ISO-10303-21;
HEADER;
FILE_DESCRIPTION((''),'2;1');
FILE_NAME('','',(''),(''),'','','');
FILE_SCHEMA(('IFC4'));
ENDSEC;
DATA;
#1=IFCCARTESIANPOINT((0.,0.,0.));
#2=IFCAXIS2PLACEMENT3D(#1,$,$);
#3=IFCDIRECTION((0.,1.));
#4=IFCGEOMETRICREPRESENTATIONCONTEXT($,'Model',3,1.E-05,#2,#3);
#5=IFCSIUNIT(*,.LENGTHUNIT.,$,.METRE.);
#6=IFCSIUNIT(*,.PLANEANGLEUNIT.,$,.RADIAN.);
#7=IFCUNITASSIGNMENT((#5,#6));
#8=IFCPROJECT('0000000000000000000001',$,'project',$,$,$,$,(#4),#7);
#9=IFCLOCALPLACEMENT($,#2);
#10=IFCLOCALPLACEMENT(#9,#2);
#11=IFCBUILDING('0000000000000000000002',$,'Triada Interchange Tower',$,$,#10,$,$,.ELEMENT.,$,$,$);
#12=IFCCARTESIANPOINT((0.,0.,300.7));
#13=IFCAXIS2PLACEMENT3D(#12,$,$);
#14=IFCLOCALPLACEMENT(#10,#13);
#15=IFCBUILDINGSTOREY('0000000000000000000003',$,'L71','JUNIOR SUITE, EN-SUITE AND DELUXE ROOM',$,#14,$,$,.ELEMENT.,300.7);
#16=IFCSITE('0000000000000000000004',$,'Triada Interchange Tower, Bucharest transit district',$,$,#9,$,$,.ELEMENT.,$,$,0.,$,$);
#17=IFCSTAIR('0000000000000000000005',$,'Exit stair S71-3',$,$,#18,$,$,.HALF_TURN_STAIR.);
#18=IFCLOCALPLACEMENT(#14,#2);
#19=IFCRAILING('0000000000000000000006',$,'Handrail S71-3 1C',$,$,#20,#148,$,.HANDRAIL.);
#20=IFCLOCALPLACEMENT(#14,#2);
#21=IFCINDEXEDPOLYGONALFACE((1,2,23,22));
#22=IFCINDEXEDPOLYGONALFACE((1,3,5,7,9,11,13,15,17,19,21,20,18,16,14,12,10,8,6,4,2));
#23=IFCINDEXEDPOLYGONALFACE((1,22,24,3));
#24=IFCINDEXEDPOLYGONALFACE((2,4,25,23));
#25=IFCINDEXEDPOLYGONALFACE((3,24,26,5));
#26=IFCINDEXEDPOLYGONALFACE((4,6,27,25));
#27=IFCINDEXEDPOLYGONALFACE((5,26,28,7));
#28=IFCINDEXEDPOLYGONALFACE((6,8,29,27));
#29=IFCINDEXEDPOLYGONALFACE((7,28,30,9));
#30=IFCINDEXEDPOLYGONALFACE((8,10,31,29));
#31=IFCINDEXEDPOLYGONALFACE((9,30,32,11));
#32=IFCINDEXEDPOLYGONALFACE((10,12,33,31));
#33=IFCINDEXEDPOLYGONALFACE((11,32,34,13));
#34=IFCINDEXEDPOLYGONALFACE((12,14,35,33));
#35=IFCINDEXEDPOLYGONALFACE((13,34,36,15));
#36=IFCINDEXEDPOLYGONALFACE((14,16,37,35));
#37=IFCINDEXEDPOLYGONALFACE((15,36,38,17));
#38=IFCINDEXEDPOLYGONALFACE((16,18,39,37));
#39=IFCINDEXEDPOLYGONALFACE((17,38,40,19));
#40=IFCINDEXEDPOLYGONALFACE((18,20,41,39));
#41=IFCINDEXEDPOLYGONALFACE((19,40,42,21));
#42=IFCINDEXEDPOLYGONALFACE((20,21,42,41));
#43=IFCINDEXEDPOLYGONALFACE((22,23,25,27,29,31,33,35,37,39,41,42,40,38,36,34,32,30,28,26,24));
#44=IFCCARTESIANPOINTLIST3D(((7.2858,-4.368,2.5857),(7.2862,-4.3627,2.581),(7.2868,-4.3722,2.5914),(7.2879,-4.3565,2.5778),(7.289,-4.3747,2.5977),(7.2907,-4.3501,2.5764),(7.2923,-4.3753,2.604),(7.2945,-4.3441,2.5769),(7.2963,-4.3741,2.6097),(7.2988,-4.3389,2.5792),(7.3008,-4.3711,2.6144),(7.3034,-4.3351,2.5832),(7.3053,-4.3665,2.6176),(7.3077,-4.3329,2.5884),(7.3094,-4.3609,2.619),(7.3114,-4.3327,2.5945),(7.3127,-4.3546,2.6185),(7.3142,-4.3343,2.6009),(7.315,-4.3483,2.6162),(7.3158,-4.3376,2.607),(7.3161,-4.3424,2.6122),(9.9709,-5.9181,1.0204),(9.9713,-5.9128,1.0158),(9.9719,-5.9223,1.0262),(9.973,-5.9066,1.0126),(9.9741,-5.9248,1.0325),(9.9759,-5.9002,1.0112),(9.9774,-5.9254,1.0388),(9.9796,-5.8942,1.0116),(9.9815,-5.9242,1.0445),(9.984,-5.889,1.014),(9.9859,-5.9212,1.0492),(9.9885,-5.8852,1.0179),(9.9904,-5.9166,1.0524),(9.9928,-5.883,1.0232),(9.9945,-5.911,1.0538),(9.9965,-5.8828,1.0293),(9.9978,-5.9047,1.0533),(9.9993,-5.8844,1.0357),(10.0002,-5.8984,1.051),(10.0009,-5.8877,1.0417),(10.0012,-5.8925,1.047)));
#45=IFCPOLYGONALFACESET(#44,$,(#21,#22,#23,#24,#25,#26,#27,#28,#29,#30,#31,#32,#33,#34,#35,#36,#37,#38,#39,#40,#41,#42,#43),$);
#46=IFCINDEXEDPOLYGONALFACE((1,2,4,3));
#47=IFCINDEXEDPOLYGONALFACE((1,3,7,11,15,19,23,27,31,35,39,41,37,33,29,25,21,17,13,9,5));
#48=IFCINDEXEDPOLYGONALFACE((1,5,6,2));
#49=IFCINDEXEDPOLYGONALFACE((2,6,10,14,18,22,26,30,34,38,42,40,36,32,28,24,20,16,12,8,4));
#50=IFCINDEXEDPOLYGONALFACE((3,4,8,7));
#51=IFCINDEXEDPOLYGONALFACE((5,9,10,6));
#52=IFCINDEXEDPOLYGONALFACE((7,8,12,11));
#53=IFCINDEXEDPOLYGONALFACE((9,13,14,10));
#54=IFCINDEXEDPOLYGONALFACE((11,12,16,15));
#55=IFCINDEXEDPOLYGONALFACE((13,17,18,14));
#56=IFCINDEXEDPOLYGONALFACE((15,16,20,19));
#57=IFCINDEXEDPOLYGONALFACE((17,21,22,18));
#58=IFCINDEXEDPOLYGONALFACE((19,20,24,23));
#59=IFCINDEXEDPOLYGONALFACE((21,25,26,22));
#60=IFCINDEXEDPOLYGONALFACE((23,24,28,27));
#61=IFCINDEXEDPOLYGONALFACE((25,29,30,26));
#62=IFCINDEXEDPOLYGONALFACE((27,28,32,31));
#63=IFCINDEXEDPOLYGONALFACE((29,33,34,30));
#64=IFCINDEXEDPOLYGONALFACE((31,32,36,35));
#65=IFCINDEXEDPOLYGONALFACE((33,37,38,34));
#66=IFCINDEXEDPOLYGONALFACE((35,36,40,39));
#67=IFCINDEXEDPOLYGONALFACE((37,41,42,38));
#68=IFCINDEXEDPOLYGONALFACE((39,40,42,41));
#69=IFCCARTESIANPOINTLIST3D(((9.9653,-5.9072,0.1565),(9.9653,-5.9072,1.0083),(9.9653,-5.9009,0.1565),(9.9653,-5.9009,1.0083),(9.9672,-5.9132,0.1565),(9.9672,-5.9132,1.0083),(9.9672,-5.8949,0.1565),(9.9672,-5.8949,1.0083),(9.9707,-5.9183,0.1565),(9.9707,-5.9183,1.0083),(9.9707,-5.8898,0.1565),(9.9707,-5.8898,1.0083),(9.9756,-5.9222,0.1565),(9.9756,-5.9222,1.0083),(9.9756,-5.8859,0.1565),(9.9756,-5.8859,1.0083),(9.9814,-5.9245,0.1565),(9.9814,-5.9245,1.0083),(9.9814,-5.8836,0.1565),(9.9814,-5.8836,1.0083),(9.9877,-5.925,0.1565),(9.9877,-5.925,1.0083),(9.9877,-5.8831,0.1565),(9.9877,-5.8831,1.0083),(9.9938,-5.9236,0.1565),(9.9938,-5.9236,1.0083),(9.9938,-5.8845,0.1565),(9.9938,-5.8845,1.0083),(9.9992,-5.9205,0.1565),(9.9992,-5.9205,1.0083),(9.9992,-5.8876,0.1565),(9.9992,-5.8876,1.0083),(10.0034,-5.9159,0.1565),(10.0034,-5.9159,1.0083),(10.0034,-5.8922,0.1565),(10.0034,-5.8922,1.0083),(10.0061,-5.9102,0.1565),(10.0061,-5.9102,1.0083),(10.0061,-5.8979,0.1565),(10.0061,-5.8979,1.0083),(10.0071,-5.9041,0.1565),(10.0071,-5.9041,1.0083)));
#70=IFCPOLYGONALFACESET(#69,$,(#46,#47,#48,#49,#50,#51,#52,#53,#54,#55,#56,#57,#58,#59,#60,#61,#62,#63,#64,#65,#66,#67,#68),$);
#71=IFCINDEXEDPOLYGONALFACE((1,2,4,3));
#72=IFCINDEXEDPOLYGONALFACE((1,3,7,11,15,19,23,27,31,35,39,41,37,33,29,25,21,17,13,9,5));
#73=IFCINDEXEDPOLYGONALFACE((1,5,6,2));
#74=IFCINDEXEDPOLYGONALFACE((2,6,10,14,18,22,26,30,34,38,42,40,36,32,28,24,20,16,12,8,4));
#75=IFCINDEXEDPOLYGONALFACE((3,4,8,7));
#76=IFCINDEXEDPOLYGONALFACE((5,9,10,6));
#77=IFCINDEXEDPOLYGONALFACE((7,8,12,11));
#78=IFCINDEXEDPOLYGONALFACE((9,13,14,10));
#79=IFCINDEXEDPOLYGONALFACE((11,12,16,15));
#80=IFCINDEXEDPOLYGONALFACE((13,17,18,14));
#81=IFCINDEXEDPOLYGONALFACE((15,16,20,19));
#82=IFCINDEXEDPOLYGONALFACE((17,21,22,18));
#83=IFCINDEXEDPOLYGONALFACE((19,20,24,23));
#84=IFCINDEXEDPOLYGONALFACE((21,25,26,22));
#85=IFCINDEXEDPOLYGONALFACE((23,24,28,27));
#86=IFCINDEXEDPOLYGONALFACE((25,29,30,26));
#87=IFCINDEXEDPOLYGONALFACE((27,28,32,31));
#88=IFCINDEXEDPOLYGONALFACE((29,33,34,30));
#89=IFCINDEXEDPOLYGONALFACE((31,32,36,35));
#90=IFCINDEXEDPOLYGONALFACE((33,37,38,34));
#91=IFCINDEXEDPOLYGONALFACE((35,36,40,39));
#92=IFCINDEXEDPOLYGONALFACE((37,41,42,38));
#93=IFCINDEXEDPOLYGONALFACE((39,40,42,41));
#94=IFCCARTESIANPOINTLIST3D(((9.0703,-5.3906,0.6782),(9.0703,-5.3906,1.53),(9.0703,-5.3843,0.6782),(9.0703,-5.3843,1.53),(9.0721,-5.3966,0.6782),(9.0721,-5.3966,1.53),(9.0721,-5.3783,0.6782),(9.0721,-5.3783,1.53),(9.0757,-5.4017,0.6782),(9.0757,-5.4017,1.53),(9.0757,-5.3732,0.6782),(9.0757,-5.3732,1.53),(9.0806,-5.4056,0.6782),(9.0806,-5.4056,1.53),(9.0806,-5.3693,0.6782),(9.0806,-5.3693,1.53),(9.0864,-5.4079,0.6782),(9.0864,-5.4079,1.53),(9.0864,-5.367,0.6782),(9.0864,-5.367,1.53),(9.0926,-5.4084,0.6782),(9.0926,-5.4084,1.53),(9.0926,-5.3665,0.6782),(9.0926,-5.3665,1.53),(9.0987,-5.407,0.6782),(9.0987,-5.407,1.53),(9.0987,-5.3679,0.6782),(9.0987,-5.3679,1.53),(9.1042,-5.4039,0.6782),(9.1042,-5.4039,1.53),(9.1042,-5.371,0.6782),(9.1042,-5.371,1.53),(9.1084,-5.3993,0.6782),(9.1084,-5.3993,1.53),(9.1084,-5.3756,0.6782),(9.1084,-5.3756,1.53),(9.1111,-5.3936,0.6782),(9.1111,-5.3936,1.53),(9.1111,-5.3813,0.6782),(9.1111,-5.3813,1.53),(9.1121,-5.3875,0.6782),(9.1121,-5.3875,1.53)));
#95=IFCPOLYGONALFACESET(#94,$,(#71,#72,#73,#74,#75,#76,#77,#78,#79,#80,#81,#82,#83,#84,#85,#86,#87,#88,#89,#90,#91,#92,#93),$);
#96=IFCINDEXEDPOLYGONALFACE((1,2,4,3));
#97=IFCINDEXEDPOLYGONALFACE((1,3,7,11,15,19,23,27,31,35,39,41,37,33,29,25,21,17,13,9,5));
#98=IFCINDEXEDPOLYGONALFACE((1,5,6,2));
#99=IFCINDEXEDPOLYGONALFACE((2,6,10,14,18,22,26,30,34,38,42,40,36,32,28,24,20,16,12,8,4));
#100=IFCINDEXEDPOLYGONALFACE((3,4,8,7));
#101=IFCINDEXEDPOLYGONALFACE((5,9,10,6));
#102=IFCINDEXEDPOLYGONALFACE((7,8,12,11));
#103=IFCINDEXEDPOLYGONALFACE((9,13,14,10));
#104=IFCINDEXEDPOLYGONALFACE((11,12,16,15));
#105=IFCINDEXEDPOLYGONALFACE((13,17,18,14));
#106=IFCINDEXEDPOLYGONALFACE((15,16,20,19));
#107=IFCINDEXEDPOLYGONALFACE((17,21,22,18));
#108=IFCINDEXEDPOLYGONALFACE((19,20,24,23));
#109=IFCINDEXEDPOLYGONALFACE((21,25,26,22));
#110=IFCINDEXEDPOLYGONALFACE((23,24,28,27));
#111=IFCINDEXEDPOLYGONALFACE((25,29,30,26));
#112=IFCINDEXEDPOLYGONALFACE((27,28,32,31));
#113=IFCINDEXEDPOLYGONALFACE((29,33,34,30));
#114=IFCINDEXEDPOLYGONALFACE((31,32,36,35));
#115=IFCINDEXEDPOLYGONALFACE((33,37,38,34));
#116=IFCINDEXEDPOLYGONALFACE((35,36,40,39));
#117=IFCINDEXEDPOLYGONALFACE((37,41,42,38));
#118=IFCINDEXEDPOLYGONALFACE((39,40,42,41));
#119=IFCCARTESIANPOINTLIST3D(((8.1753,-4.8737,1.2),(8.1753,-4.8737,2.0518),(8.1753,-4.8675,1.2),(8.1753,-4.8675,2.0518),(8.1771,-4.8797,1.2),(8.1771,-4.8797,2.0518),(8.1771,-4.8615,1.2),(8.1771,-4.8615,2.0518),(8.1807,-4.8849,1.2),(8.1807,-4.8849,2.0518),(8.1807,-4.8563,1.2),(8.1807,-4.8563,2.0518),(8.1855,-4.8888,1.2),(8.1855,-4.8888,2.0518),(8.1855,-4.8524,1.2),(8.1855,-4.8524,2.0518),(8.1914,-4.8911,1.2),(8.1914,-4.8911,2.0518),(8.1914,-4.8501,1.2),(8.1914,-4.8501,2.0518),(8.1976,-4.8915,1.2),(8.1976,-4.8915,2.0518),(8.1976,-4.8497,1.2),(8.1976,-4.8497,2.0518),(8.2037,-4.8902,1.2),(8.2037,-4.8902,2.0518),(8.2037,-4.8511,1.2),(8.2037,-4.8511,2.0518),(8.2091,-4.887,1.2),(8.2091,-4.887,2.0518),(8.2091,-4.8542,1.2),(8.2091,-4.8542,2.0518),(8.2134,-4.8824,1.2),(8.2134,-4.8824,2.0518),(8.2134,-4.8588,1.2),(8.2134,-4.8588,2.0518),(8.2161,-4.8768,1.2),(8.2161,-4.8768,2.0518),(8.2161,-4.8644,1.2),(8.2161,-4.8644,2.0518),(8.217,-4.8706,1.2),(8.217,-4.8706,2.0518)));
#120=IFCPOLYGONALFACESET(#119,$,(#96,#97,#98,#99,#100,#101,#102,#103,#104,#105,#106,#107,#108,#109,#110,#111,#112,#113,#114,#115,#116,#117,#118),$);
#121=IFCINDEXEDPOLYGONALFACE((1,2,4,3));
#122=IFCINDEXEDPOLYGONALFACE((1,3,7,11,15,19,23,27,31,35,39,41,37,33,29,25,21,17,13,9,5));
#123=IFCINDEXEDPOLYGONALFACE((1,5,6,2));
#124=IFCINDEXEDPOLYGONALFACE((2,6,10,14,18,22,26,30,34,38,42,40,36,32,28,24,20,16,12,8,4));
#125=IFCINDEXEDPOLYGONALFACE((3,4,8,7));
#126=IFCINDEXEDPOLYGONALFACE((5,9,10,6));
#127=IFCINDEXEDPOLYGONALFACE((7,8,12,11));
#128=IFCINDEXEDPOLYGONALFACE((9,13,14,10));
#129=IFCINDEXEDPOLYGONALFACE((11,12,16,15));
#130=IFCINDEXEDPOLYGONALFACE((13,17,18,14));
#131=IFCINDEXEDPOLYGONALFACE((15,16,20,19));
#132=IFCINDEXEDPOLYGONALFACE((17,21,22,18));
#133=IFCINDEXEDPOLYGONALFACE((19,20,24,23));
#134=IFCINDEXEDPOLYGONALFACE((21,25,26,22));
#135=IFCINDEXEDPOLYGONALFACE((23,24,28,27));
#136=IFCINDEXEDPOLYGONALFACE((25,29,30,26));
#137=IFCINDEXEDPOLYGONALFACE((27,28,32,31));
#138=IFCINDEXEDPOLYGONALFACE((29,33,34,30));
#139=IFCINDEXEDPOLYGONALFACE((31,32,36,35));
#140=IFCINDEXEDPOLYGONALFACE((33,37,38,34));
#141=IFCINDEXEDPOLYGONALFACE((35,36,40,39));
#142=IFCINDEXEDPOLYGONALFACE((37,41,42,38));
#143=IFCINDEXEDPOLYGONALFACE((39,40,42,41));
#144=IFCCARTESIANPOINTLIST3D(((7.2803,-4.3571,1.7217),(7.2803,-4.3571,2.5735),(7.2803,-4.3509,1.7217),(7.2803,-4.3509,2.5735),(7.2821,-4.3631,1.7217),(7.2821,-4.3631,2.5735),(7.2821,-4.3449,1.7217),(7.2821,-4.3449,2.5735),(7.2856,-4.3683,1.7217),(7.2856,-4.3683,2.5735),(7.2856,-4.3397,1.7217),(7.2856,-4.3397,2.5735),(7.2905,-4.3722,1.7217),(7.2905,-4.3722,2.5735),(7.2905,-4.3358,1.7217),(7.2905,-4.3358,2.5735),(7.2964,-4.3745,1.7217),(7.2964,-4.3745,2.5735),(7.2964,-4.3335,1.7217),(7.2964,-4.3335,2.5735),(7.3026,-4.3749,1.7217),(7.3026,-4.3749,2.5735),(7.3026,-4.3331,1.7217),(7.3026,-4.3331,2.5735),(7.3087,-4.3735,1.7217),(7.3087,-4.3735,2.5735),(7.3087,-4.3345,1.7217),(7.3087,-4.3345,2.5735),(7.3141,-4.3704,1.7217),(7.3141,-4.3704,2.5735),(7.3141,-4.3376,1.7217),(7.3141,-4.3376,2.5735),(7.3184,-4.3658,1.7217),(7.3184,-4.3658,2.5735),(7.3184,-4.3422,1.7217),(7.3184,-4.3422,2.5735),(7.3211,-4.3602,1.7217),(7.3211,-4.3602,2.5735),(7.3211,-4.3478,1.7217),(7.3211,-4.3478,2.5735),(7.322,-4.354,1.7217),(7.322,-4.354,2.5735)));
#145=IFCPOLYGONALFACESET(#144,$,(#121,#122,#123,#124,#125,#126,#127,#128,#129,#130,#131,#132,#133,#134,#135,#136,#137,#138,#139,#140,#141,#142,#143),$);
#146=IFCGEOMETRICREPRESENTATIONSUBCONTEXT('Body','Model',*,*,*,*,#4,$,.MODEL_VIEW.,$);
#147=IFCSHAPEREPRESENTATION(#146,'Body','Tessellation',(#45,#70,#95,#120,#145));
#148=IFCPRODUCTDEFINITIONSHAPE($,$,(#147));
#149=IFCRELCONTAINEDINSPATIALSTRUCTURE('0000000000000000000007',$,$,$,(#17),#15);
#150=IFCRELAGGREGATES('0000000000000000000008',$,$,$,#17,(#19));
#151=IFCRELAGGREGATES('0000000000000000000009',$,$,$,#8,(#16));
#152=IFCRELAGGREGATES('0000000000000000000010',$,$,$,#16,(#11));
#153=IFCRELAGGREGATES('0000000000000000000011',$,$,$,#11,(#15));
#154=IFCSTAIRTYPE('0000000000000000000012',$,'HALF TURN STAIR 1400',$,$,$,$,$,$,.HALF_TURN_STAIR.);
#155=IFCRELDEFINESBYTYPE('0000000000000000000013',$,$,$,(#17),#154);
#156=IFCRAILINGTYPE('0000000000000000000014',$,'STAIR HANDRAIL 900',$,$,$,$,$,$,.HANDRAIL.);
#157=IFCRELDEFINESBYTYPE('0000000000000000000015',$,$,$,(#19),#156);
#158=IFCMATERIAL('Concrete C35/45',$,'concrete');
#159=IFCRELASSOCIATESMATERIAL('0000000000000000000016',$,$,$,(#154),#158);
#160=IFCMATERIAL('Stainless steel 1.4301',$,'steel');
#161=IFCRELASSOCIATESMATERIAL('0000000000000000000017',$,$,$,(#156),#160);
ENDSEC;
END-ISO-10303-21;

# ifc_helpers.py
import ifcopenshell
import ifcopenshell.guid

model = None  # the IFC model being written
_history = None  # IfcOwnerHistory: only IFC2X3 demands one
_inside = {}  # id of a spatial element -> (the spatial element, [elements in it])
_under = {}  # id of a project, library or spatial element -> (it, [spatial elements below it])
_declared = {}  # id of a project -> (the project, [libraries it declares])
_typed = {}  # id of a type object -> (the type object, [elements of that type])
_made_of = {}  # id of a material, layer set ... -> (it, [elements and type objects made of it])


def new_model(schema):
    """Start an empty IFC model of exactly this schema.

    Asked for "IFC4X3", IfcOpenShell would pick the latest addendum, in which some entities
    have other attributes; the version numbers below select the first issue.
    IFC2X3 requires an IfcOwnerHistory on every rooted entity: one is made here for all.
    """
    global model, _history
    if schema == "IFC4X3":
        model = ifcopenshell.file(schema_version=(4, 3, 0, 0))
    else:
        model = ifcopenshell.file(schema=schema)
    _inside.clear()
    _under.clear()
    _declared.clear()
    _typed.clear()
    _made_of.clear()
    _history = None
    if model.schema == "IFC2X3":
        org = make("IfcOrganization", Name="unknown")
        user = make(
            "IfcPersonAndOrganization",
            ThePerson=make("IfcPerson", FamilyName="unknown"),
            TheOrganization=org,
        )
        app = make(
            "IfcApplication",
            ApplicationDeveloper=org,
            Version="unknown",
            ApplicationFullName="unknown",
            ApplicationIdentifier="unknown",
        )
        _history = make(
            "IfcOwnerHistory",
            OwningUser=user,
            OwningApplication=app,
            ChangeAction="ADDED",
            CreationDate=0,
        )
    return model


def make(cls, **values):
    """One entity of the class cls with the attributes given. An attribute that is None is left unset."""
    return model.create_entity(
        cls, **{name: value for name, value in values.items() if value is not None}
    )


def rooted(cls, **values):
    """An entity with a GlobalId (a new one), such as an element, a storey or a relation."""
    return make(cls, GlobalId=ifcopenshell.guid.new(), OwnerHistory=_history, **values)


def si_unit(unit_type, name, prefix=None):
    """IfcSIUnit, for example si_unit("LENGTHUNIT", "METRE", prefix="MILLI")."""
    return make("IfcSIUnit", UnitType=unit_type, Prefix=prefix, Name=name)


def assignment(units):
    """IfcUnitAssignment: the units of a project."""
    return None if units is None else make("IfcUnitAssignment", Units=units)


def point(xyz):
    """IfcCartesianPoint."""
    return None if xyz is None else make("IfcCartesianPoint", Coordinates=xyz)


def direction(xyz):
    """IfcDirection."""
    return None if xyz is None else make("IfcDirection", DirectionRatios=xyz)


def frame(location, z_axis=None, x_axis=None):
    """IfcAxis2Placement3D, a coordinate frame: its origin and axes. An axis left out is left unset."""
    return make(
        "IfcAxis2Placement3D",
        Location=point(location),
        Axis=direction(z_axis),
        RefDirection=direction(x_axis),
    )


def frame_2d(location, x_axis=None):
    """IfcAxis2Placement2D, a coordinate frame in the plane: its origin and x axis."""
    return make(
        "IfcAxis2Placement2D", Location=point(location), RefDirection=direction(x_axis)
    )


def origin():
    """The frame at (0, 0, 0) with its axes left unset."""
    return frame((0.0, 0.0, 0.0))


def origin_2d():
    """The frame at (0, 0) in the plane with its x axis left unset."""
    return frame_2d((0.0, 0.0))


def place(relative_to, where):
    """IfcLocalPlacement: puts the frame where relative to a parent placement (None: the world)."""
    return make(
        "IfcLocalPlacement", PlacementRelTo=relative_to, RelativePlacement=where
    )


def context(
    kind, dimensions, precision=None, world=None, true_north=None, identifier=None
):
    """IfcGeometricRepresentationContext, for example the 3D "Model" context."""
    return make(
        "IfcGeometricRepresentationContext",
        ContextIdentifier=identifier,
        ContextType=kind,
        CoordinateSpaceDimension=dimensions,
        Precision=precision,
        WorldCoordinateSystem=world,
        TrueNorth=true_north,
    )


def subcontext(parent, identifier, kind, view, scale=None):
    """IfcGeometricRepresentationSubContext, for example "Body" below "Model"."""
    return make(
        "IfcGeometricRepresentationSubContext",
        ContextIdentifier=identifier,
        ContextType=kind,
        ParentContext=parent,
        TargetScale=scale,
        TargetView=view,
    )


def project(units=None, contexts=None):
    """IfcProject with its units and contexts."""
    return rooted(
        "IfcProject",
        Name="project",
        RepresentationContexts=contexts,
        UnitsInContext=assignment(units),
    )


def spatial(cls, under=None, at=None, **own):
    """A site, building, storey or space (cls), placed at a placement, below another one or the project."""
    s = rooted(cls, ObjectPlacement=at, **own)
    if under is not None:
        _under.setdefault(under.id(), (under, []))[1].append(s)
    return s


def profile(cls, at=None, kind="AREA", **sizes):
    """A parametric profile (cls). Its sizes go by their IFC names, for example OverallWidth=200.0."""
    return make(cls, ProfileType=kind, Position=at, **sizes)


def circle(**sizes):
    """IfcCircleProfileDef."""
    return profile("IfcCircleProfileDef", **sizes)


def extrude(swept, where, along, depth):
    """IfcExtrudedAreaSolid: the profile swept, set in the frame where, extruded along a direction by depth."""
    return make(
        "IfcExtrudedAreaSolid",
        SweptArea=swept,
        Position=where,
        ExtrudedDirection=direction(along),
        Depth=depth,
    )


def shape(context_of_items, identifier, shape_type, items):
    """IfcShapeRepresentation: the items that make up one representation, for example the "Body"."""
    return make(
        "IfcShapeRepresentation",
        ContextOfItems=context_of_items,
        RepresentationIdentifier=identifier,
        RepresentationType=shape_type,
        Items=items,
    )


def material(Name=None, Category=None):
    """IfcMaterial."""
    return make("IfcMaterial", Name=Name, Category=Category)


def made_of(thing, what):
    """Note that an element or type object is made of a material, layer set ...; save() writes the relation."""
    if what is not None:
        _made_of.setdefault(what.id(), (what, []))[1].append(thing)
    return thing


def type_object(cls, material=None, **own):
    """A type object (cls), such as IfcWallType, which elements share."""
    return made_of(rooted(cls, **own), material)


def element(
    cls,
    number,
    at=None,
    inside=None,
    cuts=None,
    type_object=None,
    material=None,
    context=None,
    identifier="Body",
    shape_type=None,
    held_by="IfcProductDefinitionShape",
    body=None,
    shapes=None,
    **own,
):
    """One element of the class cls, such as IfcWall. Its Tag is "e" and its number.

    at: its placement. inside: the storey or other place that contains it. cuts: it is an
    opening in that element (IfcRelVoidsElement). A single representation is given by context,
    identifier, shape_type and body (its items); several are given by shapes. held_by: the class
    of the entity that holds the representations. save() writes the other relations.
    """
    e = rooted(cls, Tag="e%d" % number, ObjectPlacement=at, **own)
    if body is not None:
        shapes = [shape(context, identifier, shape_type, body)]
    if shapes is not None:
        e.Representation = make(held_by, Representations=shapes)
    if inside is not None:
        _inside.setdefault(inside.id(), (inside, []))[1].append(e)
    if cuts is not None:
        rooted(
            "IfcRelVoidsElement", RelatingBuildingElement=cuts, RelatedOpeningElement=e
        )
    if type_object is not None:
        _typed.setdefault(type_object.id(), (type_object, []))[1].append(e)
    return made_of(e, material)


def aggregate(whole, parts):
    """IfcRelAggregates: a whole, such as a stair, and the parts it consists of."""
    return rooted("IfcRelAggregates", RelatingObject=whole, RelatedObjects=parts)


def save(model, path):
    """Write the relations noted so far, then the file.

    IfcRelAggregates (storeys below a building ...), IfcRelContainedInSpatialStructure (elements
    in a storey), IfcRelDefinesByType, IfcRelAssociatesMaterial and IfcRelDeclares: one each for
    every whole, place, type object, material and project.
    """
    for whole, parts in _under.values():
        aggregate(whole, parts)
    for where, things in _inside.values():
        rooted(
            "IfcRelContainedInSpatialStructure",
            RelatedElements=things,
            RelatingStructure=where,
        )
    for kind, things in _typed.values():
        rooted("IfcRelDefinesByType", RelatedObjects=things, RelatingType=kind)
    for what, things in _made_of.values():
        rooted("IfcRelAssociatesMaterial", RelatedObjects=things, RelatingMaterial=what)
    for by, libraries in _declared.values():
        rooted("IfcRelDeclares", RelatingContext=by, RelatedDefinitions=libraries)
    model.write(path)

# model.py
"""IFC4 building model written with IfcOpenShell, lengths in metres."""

from ifc_helpers import new_model, si_unit, direction, frame, origin, origin_2d, place, context, subcontext, project, spatial, circle, extrude, material, type_object, element, aggregate, save


model = new_model("IFC4")

# Units and contexts
model_context = context("Model", 3, precision=1e-05, world=origin(), true_north=direction((0.0, 1.0)))
body_context = subcontext(model_context, "Body", "Model", "MODEL_VIEW")
ifc_project = project(units=[si_unit("LENGTHUNIT", "METRE"), si_unit("PLANEANGLEUNIT", "RADIAN")], contexts=[model_context])

# Site, building, storey
site_placement = place(None, origin())
site = spatial("IfcSite", under=ifc_project, at=site_placement, Name="Triada Interchange Tower, Bucharest transit district", CompositionType="ELEMENT", RefElevation=0.0)
building_placement = place(site_placement, origin())
building = spatial("IfcBuilding", under=site, at=building_placement, Name="Triada Interchange Tower", CompositionType="ELEMENT")
storey_placement = place(building_placement, frame((0.0, 0.0, 300.7)))
storey = spatial("IfcBuildingStorey", under=building, at=storey_placement, Name="L71", Description="JUNIOR SUITE, EN-SUITE AND DELUXE ROOM", CompositionType="ELEMENT", Elevation=300.7)

# Stair, railing
ifc_material_1 = material(Name="Concrete C35/45", Category="concrete")
stair_type = type_object("IfcStairType", Name="HALF TURN STAIR 1400", PredefinedType="HALF_TURN_STAIR", material=ifc_material_1)
stair_placement = place(storey_placement, origin())
stair = element("IfcStair", 1, at=stair_placement, inside=storey, type_object=stair_type, Name="Exit stair S71-3", PredefinedType="HALF_TURN_STAIR")
ifc_material_2 = material(Name="Stainless steel 1.4301", Category="steel")
railing_type = type_object("IfcRailingType", Name="STAIR HANDRAIL 900", PredefinedType="HANDRAIL", material=ifc_material_2)
railing_1_placement = place(storey_placement, frame((9.9861, -5.9041, 0.1565)))
railing_1 = element("IfcRailing", 2, at=railing_1_placement, type_object=railing_type, Name="Handrail S71-3 1C", PredefinedType="HANDRAIL", context=body_context, shape_type="SweptSolid", body=[
    extrude(circle(Radius=0.0239, at=origin_2d()), frame((0.0, 0.0, 0.876), z_axis=(-0.773115, 0.446309, 0.450667), x_axis=(-0.499959, -0.866049, 0.0)), (0.0, 0.0, 1.0), 3.4731),
    extrude(circle(Radius=0.021, at=origin_2d()), origin(), (0.0, 0.0, 1.0), 0.8518),
    extrude(circle(Radius=0.021, at=origin_2d()), frame((-0.895, 0.5166, 0.5217)), (0.0, 0.0, 1.0), 0.8518),
    extrude(circle(Radius=0.021, at=origin_2d()), frame((-1.79, 1.0334, 1.0435)), (0.0, 0.0, 1.0), 0.8518),
    extrude(circle(Radius=0.021, at=origin_2d()), frame((-2.6851, 1.55, 1.5652)), (0.0, 0.0, 1.0), 0.8518),
])
aggregate(stair, [railing_1])

save(model, "model.ifc")
